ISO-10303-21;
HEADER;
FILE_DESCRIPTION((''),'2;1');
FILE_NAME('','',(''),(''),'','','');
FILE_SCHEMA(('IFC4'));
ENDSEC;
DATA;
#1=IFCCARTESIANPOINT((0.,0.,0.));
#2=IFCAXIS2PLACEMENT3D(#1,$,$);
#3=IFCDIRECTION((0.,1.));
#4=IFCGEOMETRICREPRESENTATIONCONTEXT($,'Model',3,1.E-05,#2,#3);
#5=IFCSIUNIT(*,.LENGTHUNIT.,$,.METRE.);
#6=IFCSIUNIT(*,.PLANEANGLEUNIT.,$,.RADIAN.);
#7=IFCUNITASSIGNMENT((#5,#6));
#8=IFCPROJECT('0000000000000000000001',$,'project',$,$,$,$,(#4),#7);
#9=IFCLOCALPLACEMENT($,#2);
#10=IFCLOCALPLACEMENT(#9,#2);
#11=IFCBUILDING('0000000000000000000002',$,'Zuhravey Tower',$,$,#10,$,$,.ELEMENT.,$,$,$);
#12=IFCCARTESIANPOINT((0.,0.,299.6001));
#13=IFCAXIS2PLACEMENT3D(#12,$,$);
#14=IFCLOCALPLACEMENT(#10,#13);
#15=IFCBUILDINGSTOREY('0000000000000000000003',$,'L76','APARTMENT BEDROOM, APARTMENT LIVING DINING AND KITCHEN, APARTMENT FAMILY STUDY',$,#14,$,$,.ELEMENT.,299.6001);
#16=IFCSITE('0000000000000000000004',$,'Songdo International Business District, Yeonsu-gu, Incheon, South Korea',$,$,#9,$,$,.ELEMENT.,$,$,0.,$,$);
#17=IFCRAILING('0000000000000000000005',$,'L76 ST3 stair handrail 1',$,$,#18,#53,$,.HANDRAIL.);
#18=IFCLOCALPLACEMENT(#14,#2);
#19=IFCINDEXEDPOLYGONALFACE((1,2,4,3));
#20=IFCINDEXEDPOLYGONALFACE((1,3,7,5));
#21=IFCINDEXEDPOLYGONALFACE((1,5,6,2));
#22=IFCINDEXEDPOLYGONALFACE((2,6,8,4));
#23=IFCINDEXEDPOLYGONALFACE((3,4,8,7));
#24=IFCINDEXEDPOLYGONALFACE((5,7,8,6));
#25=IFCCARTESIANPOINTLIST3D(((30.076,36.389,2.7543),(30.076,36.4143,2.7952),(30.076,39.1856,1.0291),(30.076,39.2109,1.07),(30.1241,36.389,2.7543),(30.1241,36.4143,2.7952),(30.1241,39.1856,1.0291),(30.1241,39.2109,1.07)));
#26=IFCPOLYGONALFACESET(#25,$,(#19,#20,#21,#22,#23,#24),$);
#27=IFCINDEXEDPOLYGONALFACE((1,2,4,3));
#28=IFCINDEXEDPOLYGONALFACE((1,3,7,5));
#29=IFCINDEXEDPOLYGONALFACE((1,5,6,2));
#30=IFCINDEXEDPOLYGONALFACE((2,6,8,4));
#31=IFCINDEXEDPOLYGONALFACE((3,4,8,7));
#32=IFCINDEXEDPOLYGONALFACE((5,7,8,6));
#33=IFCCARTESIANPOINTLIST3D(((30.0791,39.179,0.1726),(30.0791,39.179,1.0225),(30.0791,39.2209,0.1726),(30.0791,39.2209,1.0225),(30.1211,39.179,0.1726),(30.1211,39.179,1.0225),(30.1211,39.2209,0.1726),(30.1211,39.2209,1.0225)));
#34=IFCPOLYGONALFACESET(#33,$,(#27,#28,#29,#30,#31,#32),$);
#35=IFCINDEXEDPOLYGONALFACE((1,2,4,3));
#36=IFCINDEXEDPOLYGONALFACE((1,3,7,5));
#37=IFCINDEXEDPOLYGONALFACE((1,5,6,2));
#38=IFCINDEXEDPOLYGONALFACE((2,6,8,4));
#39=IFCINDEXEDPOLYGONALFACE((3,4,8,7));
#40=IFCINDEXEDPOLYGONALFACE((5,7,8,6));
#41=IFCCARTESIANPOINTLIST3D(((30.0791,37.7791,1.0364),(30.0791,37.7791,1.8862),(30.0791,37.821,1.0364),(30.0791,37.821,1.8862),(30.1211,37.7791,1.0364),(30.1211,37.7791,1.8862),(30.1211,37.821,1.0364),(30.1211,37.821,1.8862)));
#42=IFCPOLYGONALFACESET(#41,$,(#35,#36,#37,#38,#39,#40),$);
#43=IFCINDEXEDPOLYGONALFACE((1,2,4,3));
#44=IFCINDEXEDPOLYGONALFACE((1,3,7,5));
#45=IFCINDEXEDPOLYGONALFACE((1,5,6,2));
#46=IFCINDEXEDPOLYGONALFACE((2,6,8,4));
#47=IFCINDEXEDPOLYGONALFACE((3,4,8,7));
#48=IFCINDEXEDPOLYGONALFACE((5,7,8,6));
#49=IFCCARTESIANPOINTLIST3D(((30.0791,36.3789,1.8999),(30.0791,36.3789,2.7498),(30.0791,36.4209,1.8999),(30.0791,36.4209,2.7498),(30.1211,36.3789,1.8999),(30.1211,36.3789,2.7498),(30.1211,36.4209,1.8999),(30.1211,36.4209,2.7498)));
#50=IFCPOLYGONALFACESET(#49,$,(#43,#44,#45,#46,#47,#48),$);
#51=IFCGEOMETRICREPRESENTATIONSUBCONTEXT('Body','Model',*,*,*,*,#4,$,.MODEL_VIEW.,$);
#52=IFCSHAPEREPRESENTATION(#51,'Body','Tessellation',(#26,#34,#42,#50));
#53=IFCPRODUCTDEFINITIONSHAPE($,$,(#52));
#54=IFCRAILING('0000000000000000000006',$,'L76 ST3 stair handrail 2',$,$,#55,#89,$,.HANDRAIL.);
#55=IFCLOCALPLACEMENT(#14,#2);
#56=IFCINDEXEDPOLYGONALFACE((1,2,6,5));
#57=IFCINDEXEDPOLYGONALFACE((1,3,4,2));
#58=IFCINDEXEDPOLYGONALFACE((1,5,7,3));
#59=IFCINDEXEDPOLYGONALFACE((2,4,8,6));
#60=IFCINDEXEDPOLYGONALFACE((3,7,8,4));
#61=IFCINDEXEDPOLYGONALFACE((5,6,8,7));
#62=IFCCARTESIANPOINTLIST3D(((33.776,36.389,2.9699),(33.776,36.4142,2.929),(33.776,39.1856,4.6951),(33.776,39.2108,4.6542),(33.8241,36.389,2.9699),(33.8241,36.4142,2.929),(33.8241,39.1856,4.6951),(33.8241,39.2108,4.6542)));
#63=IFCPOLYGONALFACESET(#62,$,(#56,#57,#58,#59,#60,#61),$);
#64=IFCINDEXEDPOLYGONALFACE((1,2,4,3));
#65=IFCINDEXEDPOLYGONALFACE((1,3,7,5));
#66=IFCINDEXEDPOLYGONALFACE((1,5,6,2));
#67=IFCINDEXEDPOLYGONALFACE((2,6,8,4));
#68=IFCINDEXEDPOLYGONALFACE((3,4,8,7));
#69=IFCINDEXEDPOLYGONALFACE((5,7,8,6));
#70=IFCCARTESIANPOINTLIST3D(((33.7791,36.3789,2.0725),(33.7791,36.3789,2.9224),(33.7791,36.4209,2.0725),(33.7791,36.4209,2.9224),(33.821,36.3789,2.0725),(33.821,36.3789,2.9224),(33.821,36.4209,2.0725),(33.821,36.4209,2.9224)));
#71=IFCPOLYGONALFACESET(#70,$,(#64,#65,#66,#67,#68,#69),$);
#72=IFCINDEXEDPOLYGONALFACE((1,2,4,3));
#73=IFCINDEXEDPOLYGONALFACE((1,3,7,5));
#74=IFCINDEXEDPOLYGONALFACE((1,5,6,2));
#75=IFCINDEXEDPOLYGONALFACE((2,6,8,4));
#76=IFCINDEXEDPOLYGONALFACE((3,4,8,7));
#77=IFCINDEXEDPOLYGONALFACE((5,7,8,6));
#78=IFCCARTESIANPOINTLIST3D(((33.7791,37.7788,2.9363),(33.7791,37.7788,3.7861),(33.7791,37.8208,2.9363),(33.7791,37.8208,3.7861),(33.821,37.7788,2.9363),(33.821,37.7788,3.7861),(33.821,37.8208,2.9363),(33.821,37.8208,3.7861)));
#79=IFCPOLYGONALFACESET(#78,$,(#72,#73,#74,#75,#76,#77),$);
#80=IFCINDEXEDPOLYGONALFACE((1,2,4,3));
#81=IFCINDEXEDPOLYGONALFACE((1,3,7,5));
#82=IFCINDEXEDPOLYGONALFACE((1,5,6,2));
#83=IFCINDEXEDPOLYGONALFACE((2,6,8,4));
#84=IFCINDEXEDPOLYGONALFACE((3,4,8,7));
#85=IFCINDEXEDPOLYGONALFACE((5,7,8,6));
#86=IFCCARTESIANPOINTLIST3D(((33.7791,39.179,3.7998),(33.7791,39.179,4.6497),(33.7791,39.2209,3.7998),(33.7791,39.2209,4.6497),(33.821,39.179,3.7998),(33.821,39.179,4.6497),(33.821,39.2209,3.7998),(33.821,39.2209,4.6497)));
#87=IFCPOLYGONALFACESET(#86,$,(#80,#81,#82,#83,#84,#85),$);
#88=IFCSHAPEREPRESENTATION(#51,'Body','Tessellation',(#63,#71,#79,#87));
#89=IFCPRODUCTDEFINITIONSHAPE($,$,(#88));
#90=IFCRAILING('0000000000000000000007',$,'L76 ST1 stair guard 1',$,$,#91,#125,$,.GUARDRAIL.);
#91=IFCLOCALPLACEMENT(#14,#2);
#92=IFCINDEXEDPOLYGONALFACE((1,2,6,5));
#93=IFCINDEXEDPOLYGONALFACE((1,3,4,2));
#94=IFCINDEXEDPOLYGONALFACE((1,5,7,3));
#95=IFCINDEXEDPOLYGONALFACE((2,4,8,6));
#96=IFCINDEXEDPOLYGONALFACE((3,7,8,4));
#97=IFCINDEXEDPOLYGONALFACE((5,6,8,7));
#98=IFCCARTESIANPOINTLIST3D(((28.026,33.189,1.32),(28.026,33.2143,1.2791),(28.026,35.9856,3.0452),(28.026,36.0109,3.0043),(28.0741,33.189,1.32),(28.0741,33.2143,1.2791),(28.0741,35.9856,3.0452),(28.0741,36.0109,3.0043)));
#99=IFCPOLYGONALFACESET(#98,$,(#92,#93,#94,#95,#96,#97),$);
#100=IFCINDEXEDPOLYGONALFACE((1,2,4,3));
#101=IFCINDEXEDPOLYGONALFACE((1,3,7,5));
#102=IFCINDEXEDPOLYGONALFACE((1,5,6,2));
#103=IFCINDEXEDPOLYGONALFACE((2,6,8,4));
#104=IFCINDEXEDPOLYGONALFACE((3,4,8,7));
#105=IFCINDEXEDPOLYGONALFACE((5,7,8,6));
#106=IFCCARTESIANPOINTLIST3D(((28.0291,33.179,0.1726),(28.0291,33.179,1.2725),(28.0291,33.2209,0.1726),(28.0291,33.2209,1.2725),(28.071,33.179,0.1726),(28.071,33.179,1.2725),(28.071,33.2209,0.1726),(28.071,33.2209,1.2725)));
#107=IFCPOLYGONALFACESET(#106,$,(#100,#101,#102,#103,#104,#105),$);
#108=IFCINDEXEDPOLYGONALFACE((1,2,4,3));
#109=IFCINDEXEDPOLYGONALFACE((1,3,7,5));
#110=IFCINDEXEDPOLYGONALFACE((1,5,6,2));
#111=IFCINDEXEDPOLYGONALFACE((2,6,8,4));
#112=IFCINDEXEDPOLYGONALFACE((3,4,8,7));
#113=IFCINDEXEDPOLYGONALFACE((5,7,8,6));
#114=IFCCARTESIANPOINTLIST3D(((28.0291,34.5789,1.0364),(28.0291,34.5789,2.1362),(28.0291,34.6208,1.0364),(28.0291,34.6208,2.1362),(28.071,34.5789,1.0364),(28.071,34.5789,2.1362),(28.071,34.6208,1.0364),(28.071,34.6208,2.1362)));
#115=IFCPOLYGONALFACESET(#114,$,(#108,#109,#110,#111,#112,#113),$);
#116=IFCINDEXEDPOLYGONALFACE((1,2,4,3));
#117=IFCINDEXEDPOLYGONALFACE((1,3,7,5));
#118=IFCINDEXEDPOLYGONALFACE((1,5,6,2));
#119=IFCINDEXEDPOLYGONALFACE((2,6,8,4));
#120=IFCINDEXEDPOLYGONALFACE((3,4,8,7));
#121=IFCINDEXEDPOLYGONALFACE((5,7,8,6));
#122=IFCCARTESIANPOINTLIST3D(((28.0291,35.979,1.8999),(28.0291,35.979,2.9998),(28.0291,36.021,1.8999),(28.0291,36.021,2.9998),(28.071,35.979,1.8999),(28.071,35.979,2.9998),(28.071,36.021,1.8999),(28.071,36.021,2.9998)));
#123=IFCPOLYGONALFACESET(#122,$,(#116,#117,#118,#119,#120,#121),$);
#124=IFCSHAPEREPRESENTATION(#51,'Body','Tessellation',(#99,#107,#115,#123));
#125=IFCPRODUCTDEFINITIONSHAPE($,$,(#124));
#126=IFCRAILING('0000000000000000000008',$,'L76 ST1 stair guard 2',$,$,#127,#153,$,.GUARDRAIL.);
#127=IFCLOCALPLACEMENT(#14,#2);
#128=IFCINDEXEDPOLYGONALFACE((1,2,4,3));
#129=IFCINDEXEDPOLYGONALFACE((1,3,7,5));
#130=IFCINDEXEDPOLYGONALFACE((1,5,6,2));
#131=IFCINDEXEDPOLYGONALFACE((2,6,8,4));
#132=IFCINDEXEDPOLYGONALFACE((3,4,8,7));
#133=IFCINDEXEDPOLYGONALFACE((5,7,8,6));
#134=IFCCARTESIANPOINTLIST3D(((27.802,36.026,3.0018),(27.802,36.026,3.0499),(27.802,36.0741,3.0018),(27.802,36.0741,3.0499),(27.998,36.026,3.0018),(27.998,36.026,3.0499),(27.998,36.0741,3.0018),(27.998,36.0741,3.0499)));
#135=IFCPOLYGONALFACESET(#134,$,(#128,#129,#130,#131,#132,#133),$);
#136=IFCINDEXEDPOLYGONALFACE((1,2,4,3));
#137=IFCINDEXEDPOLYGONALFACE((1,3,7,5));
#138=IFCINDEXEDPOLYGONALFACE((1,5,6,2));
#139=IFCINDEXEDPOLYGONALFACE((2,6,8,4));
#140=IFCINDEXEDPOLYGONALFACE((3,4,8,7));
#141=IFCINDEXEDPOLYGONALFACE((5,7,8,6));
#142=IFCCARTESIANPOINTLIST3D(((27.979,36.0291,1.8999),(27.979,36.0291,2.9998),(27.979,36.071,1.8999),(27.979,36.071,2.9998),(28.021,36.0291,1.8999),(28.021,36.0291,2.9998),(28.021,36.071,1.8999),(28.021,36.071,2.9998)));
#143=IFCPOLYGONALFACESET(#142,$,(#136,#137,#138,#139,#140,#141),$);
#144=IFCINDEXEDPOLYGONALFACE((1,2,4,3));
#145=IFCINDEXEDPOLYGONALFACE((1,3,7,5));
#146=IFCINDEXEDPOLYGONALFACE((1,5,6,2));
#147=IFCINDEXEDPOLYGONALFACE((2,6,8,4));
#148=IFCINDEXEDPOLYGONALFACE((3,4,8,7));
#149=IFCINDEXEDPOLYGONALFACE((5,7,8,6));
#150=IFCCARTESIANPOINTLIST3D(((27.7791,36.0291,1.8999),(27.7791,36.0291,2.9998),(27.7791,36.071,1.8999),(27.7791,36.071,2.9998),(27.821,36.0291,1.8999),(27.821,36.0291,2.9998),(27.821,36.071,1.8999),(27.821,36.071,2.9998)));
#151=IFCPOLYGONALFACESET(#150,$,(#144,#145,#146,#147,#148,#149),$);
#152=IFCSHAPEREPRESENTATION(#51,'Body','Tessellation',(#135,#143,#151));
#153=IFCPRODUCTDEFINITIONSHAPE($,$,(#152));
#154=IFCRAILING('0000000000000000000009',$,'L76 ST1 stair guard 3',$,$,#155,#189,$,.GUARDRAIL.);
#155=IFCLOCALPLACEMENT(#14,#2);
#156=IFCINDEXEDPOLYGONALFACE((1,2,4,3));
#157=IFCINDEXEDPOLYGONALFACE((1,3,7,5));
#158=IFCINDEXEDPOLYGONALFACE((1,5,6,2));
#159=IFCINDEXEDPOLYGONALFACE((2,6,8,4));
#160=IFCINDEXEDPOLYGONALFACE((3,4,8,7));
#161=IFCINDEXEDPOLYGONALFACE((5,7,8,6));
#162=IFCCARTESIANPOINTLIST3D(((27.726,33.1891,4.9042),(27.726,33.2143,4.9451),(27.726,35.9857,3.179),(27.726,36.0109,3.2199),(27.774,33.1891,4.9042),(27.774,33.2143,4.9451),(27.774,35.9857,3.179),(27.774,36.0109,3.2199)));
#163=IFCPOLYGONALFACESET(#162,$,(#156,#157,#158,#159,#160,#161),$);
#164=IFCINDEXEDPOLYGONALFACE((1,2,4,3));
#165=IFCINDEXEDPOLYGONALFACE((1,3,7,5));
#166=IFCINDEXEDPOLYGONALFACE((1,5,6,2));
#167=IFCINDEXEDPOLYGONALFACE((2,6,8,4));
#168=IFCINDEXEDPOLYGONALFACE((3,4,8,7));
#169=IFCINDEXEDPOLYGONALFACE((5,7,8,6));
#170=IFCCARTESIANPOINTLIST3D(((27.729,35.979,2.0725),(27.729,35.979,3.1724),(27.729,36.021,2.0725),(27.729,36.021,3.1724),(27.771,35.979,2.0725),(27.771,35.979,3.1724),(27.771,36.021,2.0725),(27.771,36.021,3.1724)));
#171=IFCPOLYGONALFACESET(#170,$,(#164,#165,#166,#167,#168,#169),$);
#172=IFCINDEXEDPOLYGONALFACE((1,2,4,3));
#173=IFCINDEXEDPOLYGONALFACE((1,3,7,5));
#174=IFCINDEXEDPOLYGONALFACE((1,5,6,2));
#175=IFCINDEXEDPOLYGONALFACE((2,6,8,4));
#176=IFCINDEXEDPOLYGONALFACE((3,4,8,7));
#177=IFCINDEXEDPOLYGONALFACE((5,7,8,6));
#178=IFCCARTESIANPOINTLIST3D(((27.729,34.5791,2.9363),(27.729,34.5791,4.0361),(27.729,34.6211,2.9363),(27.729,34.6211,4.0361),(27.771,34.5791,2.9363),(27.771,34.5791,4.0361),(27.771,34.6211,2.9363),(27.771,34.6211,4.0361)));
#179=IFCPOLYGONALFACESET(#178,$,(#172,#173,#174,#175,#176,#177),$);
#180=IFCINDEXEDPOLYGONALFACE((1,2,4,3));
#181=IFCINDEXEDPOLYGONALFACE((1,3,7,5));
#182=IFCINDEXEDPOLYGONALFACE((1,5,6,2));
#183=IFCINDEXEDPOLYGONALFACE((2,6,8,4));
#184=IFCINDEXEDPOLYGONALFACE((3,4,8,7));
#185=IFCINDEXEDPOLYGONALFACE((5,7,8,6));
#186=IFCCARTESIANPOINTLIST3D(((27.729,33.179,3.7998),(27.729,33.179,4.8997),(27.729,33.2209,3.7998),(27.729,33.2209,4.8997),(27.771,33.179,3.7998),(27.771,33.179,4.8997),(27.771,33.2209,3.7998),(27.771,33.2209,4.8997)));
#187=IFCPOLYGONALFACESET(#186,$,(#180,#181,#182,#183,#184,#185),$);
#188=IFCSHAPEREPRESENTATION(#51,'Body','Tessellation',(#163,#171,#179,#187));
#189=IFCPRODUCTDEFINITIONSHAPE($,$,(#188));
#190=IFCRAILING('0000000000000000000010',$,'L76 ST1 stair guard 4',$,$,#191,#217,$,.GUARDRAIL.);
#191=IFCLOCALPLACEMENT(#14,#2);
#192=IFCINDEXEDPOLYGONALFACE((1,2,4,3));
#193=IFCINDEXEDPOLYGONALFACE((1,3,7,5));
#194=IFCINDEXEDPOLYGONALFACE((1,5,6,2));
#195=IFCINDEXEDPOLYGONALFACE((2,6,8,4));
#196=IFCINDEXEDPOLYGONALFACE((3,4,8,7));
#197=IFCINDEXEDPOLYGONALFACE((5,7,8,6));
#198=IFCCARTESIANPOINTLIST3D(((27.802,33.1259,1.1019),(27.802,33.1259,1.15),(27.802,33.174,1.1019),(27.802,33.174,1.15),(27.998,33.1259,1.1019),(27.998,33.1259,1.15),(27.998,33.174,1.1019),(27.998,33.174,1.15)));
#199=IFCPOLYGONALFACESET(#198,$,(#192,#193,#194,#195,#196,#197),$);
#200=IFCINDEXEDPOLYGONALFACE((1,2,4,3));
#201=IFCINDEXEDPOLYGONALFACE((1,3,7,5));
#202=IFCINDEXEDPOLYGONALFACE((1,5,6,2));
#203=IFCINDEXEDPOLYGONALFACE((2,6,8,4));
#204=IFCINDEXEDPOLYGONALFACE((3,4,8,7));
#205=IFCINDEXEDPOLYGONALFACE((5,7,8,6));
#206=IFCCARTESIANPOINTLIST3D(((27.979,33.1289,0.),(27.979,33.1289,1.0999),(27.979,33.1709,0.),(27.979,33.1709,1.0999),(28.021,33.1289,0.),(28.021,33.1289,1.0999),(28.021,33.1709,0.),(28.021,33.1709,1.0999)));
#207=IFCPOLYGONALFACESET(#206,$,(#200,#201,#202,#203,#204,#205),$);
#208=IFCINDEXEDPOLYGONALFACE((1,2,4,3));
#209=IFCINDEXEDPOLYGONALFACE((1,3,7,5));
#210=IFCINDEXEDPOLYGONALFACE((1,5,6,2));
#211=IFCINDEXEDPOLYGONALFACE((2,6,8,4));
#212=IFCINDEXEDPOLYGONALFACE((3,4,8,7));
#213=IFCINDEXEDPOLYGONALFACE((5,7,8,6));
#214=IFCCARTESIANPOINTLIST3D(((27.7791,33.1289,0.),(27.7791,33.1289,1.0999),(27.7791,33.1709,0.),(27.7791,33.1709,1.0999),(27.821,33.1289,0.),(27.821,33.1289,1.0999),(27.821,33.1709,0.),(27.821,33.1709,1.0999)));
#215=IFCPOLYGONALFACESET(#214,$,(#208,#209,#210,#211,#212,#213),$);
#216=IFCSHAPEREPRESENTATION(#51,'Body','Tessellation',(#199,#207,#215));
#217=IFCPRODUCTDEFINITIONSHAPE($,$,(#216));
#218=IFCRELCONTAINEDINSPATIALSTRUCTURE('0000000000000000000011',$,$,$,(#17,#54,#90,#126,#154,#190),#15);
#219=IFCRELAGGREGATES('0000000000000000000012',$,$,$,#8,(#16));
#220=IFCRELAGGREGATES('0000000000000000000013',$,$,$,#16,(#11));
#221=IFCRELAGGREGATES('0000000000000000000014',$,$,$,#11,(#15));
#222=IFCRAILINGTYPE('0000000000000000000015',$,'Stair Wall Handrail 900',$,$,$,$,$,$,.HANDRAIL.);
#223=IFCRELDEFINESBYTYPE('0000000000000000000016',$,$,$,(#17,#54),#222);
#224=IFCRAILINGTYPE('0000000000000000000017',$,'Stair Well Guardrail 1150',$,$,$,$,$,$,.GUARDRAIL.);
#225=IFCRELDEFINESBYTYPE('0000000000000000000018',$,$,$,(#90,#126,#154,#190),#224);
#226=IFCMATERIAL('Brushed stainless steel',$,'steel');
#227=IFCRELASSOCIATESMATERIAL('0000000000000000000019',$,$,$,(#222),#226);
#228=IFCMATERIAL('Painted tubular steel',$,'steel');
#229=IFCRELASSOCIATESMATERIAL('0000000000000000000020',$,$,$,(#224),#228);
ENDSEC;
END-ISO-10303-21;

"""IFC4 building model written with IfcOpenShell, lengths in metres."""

from ifc_helpers import new_model, si_unit, direction, frame, origin, origin_2d, place, context, subcontext, project, spatial, rectangle, extrude, material, type_object, element, save


model = new_model("IFC4")

# Units and contexts
model_context = context("Model", 3, precision=1e-05, world=origin(), true_north=direction((0.0, 1.0)))
body_context = subcontext(model_context, "Body", "Model", "MODEL_VIEW")
ifc_project = project(units=[si_unit("LENGTHUNIT", "METRE"), si_unit("PLANEANGLEUNIT", "RADIAN")], contexts=[model_context])

# Site, building, storey
site_placement = place(None, origin())
site = spatial("IfcSite", under=ifc_project, at=site_placement, Name="Songdo International Business District, Yeonsu-gu, Incheon, South Korea", CompositionType="ELEMENT", RefElevation=0.0)
building_placement = place(site_placement, origin())
building = spatial("IfcBuilding", under=site, at=building_placement, Name="Zuhravey Tower", CompositionType="ELEMENT")
storey_placement = place(building_placement, frame((0.0, 0.0, 299.6001)))
storey = spatial("IfcBuildingStorey", under=building, at=storey_placement, Name="L76", Description="APARTMENT BEDROOM, APARTMENT LIVING DINING AND KITCHEN, APARTMENT FAMILY STUDY", CompositionType="ELEMENT", Elevation=299.6001)

# Railings
ifc_material_1 = material(Name="Brushed stainless steel", Category="steel")
railing_type_1 = type_object("IfcRailingType", Name="Stair Wall Handrail 900", PredefinedType="HANDRAIL", material=ifc_material_1)
for number, where, name in (
    (1, (30.1001, 39.2, 0.1726), "L76 ST3 stair handrail 1"),
):
    element("IfcRailing", number, at=place(storey_placement, frame(where)), inside=storey, type_object=railing_type_1, Name=name, PredefinedType="HANDRAIL", context=body_context, shape_type="SweptSolid", body=[
        extrude(rectangle(XDim=0.0481, YDim=0.0481, at=origin_2d()), frame((0.0, -0.0017, 0.877), z_axis=(0.0, -0.85109, 0.52502), x_axis=(1.0, 0.0, 0.0)), (0.0, 0.0, 1.0), 3.2859),
        extrude(rectangle(XDim=0.042, YDim=0.042, at=origin_2d()), origin(), (0.0, 0.0, 1.0), 0.8499),
        extrude(rectangle(XDim=0.042, YDim=0.042, at=origin_2d()), frame((0.0, -1.3999, 0.8638)), (0.0, 0.0, 1.0), 0.8499),
        extrude(rectangle(XDim=0.042, YDim=0.042, at=origin_2d()), frame((0.0, -2.8, 1.7273)), (0.0, 0.0, 1.0), 0.8499),
    ])
railing_1_placement = place(storey_placement, frame((33.8, 36.3999, 2.0725)))
element("IfcRailing", 2, at=railing_1_placement, inside=storey, type_object=railing_type_1, Name="L76 ST3 stair handrail 2", PredefinedType="HANDRAIL", context=body_context, shape_type="SweptSolid", body=[
    extrude(rectangle(XDim=0.0481, YDim=0.0481, at=origin_2d()), frame((0.0, 0.0017, 0.877), z_axis=(0.0, 0.85109, 0.52502), x_axis=(-1.0, 0.0, 0.0)), (0.0, 0.0, 1.0), 3.2859),
    extrude(rectangle(XDim=0.042, YDim=0.042, at=origin_2d()), origin(), (0.0, 0.0, 1.0), 0.8499),
    extrude(rectangle(XDim=0.042, YDim=0.042, at=origin_2d()), frame((0.0, 1.3999, 0.8638)), (0.0, 0.0, 1.0), 0.8499),
    extrude(rectangle(XDim=0.042, YDim=0.042, at=origin_2d()), frame((0.0, 2.8, 1.7273)), (0.0, 0.0, 1.0), 0.8499),
])
ifc_material_2 = material(Name="Painted tubular steel", Category="steel")
railing_type_2 = type_object("IfcRailingType", Name="Stair Well Guardrail 1150", PredefinedType="GUARDRAIL", material=ifc_material_2)
railing_2_placement = place(storey_placement, frame((28.05, 33.2, 0.1726)))
element("IfcRailing", 3, at=railing_2_placement, inside=storey, type_object=railing_type_2, Name="L76 ST1 stair guard 1", PredefinedType="GUARDRAIL", context=body_context, shape_type="SweptSolid", body=[
    extrude(rectangle(XDim=0.0481, YDim=0.0481, at=origin_2d()), frame((0.0, 0.0017, 1.127), z_axis=(0.0, 0.85109, 0.52502), x_axis=(-1.0, 0.0, 0.0)), (0.0, 0.0, 1.0), 3.2859),
    extrude(rectangle(XDim=0.042, YDim=0.042, at=origin_2d()), origin(), (0.0, 0.0, 1.0), 1.0999),
    extrude(rectangle(XDim=0.042, YDim=0.042, at=origin_2d()), frame((0.0, 1.3999, 0.8638)), (0.0, 0.0, 1.0), 1.0999),
    extrude(rectangle(XDim=0.042, YDim=0.042, at=origin_2d()), frame((0.0, 2.8, 1.7273)), (0.0, 0.0, 1.0), 1.0999),
])
railing_3_placement = place(storey_placement, frame((28.0, 36.05, 1.8999)))
element("IfcRailing", 4, at=railing_3_placement, inside=storey, type_object=railing_type_2, Name="L76 ST1 stair guard 2", PredefinedType="GUARDRAIL", context=body_context, shape_type="SweptSolid", body=[
    extrude(rectangle(XDim=0.0481, YDim=0.0481, at=origin_2d()), frame((-0.002, 0.0, 1.126), z_axis=(-1.0, 0.0, 0.0), x_axis=(0.0, -1.0, 0.0)), (0.0, 0.0, 1.0), 0.196),
    extrude(rectangle(XDim=0.042, YDim=0.042, at=origin_2d()), origin(), (0.0, 0.0, 1.0), 1.0999),
    extrude(rectangle(XDim=0.042, YDim=0.042, at=origin_2d()), frame((-0.2, 0.0, 0.0)), (0.0, 0.0, 1.0), 1.0999),
])
railing_4_placement = place(storey_placement, frame((27.75, 36.0, 2.0725)))
element("IfcRailing", 5, at=railing_4_placement, inside=storey, type_object=railing_type_2, Name="L76 ST1 stair guard 3", PredefinedType="GUARDRAIL", context=body_context, shape_type="SweptSolid", body=[
    extrude(rectangle(XDim=0.0481, YDim=0.0481, at=origin_2d()), frame((0.0, -0.0017, 1.127), z_axis=(0.0, -0.85109, 0.52502), x_axis=(1.0, 0.0, 0.0)), (0.0, 0.0, 1.0), 3.2859),
    extrude(rectangle(XDim=0.042, YDim=0.042, at=origin_2d()), origin(), (0.0, 0.0, 1.0), 1.0999),
    extrude(rectangle(XDim=0.042, YDim=0.042, at=origin_2d()), frame((0.0, -1.3999, 0.8638)), (0.0, 0.0, 1.0), 1.0999),
    extrude(rectangle(XDim=0.042, YDim=0.042, at=origin_2d()), frame((0.0, -2.8, 1.7273)), (0.0, 0.0, 1.0), 1.0999),
])
railing_5_placement = place(storey_placement, frame((28.0, 33.1499, 0.0)))
element("IfcRailing", 6, at=railing_5_placement, inside=storey, type_object=railing_type_2, Name="L76 ST1 stair guard 4", PredefinedType="GUARDRAIL", context=body_context, shape_type="SweptSolid", body=[
    extrude(rectangle(XDim=0.0481, YDim=0.0481, at=origin_2d()), frame((-0.002, 0.0, 1.126), z_axis=(-1.0, 0.0, 0.0), x_axis=(0.0, -1.0, 0.0)), (0.0, 0.0, 1.0), 0.196),
    extrude(rectangle(XDim=0.042, YDim=0.042, at=origin_2d()), origin(), (0.0, 0.0, 1.0), 1.0999),
    extrude(rectangle(XDim=0.042, YDim=0.042, at=origin_2d()), frame((-0.2, 0.0, 0.0)), (0.0, 0.0, 1.0), 1.0999),
])

save(model, "model.ifc")
